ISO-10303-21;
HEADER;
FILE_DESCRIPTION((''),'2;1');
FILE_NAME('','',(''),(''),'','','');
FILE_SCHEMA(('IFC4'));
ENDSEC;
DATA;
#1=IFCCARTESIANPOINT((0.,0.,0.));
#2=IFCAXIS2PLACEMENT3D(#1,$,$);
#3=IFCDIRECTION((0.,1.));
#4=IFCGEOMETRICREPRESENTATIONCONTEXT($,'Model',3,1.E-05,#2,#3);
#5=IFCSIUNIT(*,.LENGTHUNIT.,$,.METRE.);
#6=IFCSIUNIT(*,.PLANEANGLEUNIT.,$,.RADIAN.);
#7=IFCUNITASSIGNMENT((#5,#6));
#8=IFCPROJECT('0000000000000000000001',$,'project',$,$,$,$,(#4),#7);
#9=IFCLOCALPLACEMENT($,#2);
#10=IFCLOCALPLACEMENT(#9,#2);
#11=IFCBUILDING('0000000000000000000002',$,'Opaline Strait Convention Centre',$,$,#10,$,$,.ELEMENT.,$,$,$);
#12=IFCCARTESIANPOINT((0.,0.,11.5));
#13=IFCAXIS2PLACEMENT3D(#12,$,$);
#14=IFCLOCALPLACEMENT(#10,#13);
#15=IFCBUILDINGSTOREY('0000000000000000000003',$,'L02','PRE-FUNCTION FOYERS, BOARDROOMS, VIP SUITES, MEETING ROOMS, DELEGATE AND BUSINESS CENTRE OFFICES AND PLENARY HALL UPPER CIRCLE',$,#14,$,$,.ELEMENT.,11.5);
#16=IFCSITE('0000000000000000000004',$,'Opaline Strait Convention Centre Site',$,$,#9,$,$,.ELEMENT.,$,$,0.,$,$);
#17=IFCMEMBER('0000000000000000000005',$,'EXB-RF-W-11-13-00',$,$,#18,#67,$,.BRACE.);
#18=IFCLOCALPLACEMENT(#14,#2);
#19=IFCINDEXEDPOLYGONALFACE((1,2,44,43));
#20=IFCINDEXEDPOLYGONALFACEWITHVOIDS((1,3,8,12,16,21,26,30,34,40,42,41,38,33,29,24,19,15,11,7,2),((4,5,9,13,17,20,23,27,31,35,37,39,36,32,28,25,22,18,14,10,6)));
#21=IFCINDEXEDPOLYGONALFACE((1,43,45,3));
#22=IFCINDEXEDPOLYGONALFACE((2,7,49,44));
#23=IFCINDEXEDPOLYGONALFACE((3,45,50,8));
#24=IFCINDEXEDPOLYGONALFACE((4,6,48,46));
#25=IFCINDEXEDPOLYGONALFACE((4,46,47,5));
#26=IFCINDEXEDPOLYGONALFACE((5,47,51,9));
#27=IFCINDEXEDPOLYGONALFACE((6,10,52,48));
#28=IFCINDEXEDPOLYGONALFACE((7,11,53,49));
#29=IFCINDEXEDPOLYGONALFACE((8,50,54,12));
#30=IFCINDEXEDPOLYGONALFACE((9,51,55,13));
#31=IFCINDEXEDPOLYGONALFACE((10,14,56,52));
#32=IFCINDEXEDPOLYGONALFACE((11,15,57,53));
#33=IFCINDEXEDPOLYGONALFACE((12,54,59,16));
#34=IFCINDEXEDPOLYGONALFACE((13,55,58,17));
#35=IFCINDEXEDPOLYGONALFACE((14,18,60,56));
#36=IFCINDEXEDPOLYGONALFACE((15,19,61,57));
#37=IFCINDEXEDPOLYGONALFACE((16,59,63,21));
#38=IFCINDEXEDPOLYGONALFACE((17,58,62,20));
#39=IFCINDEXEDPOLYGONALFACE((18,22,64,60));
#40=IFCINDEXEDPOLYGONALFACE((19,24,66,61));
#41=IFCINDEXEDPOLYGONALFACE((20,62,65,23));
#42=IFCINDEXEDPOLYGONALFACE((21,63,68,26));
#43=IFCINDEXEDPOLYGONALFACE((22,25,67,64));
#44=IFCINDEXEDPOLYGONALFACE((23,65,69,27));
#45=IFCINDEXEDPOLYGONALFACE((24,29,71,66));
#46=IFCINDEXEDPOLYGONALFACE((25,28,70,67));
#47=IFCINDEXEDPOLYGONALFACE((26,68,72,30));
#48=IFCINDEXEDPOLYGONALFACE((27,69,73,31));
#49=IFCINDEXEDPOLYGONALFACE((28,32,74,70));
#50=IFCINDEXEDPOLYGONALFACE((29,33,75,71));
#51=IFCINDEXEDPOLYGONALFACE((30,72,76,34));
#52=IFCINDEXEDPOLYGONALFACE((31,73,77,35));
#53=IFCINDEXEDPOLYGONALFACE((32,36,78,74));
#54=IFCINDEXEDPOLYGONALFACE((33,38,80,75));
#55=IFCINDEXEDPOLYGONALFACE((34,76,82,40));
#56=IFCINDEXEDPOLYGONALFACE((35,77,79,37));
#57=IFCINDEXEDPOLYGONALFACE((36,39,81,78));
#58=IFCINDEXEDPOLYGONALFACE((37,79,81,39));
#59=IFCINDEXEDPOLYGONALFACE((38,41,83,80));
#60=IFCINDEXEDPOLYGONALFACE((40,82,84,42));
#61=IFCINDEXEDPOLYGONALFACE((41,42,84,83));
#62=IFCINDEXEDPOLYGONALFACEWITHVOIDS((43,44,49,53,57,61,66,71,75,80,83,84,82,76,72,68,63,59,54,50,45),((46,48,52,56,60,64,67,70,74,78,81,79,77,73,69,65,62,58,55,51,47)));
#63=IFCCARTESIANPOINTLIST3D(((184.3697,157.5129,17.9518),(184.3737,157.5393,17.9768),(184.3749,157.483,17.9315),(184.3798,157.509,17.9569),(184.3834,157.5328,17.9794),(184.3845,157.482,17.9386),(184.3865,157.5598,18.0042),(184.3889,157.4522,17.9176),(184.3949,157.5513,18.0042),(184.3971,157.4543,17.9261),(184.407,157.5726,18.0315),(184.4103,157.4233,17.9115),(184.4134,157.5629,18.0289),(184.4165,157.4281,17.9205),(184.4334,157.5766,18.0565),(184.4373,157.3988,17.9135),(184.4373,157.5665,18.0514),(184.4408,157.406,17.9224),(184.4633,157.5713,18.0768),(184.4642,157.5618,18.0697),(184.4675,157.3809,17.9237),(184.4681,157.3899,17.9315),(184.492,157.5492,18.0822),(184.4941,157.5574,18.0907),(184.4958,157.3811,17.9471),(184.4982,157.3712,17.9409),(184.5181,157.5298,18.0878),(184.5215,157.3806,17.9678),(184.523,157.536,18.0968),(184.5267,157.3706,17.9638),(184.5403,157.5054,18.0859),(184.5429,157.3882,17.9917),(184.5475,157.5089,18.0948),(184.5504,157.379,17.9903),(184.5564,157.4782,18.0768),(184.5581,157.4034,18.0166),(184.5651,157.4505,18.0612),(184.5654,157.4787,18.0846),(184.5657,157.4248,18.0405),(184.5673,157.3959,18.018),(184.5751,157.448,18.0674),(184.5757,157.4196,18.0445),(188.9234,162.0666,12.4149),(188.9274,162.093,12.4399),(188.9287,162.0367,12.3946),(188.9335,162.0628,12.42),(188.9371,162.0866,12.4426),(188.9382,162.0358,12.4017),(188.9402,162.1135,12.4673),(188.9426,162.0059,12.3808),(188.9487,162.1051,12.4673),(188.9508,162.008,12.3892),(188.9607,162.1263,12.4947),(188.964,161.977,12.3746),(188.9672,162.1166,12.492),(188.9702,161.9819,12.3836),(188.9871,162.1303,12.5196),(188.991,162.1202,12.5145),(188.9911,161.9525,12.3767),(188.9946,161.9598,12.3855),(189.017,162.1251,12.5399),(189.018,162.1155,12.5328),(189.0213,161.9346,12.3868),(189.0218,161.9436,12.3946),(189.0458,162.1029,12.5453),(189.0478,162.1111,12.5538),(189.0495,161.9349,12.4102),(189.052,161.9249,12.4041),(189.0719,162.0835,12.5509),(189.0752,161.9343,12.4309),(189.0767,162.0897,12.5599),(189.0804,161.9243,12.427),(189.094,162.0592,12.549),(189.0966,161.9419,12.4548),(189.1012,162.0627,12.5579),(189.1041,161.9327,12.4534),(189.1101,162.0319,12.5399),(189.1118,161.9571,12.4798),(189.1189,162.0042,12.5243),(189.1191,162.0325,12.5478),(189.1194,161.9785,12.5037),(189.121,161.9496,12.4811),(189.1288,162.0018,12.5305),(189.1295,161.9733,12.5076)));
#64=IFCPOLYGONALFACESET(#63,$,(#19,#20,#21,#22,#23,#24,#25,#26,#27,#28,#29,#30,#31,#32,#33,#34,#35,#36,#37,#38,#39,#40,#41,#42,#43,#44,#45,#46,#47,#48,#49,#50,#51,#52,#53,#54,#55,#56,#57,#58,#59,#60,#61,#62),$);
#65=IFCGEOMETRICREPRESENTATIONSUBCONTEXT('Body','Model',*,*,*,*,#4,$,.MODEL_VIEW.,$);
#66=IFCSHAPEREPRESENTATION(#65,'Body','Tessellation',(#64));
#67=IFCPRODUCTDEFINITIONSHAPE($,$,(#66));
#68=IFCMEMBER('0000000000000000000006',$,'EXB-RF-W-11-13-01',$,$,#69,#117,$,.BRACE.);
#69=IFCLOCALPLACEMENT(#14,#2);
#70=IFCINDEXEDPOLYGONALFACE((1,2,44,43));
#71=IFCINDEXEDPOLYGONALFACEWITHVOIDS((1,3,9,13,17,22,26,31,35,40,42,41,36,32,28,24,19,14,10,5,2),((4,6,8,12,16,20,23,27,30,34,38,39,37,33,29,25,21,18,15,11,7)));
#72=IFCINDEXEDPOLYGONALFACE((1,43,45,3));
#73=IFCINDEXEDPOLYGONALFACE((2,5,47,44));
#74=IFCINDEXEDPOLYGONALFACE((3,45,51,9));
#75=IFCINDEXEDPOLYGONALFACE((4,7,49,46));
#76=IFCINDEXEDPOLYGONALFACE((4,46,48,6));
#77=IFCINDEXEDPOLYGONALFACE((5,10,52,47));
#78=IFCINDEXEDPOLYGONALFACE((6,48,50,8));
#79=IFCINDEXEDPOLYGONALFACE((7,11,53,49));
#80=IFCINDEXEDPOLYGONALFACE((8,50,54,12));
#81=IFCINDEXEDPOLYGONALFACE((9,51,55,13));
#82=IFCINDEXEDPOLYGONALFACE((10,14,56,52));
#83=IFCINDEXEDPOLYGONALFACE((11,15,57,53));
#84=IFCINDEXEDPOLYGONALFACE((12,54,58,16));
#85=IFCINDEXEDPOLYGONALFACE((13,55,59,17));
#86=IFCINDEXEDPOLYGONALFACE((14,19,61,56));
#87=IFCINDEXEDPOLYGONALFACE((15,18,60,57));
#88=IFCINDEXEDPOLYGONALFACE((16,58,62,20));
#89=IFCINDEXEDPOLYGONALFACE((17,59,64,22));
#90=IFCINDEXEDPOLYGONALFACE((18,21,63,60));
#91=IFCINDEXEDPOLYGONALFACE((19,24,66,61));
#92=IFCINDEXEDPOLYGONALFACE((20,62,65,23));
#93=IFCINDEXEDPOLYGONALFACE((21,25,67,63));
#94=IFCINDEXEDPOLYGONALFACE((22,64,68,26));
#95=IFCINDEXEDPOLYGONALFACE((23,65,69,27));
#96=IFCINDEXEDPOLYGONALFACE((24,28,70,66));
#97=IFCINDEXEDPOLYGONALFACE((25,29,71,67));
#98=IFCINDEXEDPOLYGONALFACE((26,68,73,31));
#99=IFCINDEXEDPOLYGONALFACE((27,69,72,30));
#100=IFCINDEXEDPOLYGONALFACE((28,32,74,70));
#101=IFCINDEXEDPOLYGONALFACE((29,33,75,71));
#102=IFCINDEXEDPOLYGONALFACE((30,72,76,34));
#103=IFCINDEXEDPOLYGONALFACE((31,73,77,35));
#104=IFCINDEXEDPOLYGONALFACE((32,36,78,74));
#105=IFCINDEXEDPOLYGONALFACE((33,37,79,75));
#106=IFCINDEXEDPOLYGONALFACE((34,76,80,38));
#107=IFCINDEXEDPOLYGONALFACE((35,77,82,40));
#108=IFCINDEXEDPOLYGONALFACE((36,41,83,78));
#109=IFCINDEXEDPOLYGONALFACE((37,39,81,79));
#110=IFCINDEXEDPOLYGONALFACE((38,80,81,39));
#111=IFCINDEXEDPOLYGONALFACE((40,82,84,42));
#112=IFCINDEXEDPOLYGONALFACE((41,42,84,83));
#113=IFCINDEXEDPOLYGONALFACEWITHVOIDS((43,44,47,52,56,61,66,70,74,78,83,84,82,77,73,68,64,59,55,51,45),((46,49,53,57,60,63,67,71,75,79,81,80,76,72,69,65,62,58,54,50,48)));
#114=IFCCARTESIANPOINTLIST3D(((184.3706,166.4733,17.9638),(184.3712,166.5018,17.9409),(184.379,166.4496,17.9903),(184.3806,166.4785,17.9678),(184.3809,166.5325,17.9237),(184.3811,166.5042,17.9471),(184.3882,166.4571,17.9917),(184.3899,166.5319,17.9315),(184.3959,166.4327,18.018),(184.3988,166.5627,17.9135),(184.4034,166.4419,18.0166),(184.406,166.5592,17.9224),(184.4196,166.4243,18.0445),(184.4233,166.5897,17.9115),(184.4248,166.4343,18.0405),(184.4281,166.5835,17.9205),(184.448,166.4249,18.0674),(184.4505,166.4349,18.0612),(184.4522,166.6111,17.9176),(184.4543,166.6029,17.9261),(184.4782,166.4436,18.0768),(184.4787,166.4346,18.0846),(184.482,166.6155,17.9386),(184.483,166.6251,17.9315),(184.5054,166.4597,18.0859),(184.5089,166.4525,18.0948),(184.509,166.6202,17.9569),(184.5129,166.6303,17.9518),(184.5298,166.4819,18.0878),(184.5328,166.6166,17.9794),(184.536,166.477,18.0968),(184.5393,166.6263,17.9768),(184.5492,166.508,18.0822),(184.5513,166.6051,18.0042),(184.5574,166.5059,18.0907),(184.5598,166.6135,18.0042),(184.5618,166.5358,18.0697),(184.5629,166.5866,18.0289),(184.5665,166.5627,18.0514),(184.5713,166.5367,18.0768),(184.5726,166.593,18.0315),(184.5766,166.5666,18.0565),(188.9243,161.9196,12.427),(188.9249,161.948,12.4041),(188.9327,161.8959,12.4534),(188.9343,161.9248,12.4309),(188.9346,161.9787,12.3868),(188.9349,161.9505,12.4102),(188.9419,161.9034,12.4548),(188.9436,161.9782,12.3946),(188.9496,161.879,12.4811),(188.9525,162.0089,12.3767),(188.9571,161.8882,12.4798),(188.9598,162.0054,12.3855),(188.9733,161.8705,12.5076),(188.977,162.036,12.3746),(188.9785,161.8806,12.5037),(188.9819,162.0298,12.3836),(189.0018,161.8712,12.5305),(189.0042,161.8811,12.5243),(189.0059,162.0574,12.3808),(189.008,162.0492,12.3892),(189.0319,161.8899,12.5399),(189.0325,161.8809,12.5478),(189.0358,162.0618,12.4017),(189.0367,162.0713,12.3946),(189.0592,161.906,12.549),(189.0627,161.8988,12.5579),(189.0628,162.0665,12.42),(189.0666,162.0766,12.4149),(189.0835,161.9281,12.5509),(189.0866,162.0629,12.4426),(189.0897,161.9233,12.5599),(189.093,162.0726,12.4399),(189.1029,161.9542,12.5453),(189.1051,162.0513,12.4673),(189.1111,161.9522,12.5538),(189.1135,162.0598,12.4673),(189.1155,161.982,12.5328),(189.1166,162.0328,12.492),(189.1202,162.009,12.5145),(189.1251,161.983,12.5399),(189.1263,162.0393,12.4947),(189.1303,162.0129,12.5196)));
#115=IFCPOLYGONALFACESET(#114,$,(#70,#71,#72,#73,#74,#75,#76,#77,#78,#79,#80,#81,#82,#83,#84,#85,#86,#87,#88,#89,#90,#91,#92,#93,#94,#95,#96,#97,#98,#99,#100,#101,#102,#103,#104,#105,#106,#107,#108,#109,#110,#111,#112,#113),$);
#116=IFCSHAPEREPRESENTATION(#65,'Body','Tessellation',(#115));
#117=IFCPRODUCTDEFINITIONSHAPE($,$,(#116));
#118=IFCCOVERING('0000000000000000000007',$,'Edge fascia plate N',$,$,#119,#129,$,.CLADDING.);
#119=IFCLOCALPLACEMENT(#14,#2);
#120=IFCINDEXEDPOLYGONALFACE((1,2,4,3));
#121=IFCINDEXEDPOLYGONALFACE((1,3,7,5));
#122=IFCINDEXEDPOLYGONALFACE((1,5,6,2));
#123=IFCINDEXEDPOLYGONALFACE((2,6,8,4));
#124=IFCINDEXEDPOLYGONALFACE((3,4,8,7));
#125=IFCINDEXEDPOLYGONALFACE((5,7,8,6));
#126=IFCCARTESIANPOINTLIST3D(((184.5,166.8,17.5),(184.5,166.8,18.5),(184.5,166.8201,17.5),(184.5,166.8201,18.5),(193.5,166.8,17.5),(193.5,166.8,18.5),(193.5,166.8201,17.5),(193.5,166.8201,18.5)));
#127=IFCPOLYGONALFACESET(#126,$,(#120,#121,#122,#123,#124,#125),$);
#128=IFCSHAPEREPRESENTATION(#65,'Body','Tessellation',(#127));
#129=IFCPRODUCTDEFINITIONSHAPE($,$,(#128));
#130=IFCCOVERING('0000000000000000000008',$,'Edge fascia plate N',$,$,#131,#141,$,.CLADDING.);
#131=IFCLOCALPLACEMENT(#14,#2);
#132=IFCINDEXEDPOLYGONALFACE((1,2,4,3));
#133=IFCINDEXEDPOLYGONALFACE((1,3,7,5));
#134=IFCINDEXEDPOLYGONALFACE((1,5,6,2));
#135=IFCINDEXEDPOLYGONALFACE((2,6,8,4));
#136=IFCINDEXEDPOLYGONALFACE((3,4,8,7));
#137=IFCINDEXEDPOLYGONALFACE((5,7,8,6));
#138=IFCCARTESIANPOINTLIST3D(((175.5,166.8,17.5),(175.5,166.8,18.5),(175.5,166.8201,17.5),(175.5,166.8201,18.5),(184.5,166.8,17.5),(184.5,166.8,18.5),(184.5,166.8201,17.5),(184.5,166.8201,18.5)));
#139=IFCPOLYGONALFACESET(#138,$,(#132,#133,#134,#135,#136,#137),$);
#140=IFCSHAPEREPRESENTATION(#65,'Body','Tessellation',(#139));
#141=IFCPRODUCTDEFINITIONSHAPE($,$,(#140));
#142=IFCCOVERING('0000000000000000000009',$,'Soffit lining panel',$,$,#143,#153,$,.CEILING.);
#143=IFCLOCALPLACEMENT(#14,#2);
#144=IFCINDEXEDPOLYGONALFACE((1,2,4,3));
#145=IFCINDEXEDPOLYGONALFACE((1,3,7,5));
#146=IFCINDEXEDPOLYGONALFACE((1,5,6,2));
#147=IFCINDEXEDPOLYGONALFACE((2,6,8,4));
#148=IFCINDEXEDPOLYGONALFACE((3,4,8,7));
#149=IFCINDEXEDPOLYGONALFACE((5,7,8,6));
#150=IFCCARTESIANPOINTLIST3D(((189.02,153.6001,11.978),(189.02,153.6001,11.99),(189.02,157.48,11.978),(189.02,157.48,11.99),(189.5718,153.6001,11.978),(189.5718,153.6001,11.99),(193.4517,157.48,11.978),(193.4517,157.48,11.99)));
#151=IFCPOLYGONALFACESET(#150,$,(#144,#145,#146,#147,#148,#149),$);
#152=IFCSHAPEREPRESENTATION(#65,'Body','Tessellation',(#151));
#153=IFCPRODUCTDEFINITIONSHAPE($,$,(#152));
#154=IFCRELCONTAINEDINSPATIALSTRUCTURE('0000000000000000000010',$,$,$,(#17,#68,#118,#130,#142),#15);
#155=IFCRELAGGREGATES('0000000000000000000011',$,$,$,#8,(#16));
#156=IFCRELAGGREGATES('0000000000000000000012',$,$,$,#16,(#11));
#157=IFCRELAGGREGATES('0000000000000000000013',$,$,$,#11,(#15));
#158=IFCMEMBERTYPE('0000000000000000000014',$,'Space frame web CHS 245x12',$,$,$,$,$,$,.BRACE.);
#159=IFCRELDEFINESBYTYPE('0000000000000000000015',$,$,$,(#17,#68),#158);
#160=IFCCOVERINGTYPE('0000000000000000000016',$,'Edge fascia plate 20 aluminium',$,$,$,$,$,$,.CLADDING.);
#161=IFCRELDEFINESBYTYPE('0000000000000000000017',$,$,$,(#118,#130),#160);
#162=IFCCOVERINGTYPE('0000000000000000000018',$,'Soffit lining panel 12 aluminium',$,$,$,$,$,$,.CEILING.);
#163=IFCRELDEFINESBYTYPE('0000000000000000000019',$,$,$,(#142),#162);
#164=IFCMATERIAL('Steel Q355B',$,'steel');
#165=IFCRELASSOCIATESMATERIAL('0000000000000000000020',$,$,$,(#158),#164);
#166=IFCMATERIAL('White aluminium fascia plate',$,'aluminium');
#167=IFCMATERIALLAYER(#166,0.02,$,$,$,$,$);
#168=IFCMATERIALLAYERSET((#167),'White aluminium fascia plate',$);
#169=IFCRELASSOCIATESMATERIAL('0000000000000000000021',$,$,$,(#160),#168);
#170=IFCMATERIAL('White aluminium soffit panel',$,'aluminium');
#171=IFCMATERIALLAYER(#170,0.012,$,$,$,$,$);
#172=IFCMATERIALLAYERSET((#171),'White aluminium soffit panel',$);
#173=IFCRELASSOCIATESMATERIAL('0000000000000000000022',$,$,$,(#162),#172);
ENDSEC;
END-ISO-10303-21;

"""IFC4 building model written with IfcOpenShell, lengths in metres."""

from ifc_helpers import new_model, si_unit, direction, frame, origin, origin_2d, place, context, subcontext, project, spatial, polyline, hollow_circle, outline, extrude, material, layer, layer_set, material_profile, profile_set, type_object, element, save


model = new_model("IFC4")

# Units and contexts
model_context = context("Model", 3, precision=1e-05, world=origin(), true_north=direction((0.0, 1.0)))
body_context = subcontext(model_context, "Body", "Model", "MODEL_VIEW")
ifc_project = project(units=[si_unit("LENGTHUNIT", "METRE"), si_unit("PLANEANGLEUNIT", "RADIAN")], contexts=[model_context])

# Site, building, storey
site_placement = place(None, origin())
site = spatial("IfcSite", under=ifc_project, at=site_placement, Name="Opaline Strait Convention Centre Site", CompositionType="ELEMENT", RefElevation=0.0)
building_placement = place(site_placement, origin())
building = spatial("IfcBuilding", under=site, at=building_placement, Name="Opaline Strait Convention Centre", CompositionType="ELEMENT")
storey_placement = place(building_placement, frame((0.0, 0.0, 11.5)))
storey = spatial("IfcBuildingStorey", under=building, at=storey_placement, Name="L02", Description="PRE-FUNCTION FOYERS, BOARDROOMS, VIP SUITES, MEETING ROOMS, DELEGATE AND BUSINESS CENTRE OFFICES AND PLENARY HALL UPPER CIRCLE", CompositionType="ELEMENT", Elevation=11.5)

# Members
ifc_material_1 = material(Name="Steel Q355B", Category="steel")
ifc_material_profile_1 = material_profile(ifc_material_1, hollow_circle(Radius=0.1226, WallThickness=0.012, at=origin_2d()), Name="CHS 245x12")
ifc_profile_set_1 = profile_set([ifc_material_profile_1], Name="Steel Q355B")
member_type_1 = type_object("IfcMemberType", Name="Space frame web CHS 245x12", PredefinedType="BRACE", material=ifc_profile_set_1)
for number, where, z_axis, x_axis, name in (
    (1, (184.4731, 157.4731, 18.0042), (0.536178, 0.536178, -0.65194), (-0.707107, 0.707107, 0.0), "EXB-RF-W-11-13-00"),
    (2, (184.4731, 166.5269, 18.0042), (0.536178, -0.536178, -0.65194), (0.707107, 0.707107, 0.0), "EXB-RF-W-11-13-01"),
):
    element("IfcMember", number, at=place(storey_placement, frame(where, z_axis=z_axis, x_axis=x_axis)), inside=storey, type_object=member_type_1, Name=name, PredefinedType="BRACE", context=body_context, shape_type="SweptSolid", body=[
        extrude(hollow_circle(Radius=0.1226, WallThickness=0.012, at=origin_2d()), origin(), (0.0, 0.0, 1.0), 8.4929),
    ])

# Coverings
ifc_material_2 = material(Name="White aluminium fascia plate", Category="aluminium")
ifc_layer_1 = layer(ifc_material_2, 0.02)
ifc_layer_set_1 = layer_set([ifc_layer_1], Name="White aluminium fascia plate")
covering_type_1 = type_object("IfcCoveringType", Name="Edge fascia plate 20 aluminium", PredefinedType="CLADDING", material=ifc_layer_set_1)
for number, where, z_axis, x_axis, name in (
    (3, (189.0, 166.8, 18.0), (0.0, 1.0, 0.0), (-1.0, 0.0, 0.0), "Edge fascia plate N"),
    (4, (180.0, 166.8, 18.0), (0.0, 1.0, 0.0), (-1.0, 0.0, 0.0), "Edge fascia plate N"),
):
    element("IfcCovering", number, at=place(storey_placement, frame(where, z_axis=z_axis, x_axis=x_axis)), inside=storey, type_object=covering_type_1, Name=name, PredefinedType="CLADDING", context=body_context, shape_type="SweptSolid", body=[
        extrude(outline(polyline([(-4.5, 0.5), (4.5, 0.5), (4.5, -0.5), (-4.5, -0.5), (-4.5, 0.5)])), origin(), (0.0, 0.0, 1.0), 0.02),
    ])
ifc_material_3 = material(Name="White aluminium soffit panel", Category="aluminium")
ifc_layer_2 = layer(ifc_material_3, 0.012)
ifc_layer_set_2 = layer_set([ifc_layer_2], Name="White aluminium soffit panel")
covering_type_2 = type_object("IfcCoveringType", Name="Soffit lining panel 12 aluminium", PredefinedType="CEILING", material=ifc_layer_set_2)
covering_placement = place(storey_placement, frame((189.5718, 153.6001, 11.99), z_axis=(0.0, 0.0, 1.0), x_axis=(-1.0, 0.0, 0.0)))
element("IfcCovering", 5, at=covering_placement, inside=storey, type_object=covering_type_2, Name="Soffit lining panel", PredefinedType="CEILING", context=body_context, shape_type="SweptSolid", body=[
    extrude(outline(polyline([(0.0, 0.0), (0.5518, 0.0), (0.5518, -3.8799), (-3.8799, -3.8799), (0.0, 0.0)])), origin(), (0.0, 0.0, -1.0), 0.012),
])

save(model, "model.ifc")
